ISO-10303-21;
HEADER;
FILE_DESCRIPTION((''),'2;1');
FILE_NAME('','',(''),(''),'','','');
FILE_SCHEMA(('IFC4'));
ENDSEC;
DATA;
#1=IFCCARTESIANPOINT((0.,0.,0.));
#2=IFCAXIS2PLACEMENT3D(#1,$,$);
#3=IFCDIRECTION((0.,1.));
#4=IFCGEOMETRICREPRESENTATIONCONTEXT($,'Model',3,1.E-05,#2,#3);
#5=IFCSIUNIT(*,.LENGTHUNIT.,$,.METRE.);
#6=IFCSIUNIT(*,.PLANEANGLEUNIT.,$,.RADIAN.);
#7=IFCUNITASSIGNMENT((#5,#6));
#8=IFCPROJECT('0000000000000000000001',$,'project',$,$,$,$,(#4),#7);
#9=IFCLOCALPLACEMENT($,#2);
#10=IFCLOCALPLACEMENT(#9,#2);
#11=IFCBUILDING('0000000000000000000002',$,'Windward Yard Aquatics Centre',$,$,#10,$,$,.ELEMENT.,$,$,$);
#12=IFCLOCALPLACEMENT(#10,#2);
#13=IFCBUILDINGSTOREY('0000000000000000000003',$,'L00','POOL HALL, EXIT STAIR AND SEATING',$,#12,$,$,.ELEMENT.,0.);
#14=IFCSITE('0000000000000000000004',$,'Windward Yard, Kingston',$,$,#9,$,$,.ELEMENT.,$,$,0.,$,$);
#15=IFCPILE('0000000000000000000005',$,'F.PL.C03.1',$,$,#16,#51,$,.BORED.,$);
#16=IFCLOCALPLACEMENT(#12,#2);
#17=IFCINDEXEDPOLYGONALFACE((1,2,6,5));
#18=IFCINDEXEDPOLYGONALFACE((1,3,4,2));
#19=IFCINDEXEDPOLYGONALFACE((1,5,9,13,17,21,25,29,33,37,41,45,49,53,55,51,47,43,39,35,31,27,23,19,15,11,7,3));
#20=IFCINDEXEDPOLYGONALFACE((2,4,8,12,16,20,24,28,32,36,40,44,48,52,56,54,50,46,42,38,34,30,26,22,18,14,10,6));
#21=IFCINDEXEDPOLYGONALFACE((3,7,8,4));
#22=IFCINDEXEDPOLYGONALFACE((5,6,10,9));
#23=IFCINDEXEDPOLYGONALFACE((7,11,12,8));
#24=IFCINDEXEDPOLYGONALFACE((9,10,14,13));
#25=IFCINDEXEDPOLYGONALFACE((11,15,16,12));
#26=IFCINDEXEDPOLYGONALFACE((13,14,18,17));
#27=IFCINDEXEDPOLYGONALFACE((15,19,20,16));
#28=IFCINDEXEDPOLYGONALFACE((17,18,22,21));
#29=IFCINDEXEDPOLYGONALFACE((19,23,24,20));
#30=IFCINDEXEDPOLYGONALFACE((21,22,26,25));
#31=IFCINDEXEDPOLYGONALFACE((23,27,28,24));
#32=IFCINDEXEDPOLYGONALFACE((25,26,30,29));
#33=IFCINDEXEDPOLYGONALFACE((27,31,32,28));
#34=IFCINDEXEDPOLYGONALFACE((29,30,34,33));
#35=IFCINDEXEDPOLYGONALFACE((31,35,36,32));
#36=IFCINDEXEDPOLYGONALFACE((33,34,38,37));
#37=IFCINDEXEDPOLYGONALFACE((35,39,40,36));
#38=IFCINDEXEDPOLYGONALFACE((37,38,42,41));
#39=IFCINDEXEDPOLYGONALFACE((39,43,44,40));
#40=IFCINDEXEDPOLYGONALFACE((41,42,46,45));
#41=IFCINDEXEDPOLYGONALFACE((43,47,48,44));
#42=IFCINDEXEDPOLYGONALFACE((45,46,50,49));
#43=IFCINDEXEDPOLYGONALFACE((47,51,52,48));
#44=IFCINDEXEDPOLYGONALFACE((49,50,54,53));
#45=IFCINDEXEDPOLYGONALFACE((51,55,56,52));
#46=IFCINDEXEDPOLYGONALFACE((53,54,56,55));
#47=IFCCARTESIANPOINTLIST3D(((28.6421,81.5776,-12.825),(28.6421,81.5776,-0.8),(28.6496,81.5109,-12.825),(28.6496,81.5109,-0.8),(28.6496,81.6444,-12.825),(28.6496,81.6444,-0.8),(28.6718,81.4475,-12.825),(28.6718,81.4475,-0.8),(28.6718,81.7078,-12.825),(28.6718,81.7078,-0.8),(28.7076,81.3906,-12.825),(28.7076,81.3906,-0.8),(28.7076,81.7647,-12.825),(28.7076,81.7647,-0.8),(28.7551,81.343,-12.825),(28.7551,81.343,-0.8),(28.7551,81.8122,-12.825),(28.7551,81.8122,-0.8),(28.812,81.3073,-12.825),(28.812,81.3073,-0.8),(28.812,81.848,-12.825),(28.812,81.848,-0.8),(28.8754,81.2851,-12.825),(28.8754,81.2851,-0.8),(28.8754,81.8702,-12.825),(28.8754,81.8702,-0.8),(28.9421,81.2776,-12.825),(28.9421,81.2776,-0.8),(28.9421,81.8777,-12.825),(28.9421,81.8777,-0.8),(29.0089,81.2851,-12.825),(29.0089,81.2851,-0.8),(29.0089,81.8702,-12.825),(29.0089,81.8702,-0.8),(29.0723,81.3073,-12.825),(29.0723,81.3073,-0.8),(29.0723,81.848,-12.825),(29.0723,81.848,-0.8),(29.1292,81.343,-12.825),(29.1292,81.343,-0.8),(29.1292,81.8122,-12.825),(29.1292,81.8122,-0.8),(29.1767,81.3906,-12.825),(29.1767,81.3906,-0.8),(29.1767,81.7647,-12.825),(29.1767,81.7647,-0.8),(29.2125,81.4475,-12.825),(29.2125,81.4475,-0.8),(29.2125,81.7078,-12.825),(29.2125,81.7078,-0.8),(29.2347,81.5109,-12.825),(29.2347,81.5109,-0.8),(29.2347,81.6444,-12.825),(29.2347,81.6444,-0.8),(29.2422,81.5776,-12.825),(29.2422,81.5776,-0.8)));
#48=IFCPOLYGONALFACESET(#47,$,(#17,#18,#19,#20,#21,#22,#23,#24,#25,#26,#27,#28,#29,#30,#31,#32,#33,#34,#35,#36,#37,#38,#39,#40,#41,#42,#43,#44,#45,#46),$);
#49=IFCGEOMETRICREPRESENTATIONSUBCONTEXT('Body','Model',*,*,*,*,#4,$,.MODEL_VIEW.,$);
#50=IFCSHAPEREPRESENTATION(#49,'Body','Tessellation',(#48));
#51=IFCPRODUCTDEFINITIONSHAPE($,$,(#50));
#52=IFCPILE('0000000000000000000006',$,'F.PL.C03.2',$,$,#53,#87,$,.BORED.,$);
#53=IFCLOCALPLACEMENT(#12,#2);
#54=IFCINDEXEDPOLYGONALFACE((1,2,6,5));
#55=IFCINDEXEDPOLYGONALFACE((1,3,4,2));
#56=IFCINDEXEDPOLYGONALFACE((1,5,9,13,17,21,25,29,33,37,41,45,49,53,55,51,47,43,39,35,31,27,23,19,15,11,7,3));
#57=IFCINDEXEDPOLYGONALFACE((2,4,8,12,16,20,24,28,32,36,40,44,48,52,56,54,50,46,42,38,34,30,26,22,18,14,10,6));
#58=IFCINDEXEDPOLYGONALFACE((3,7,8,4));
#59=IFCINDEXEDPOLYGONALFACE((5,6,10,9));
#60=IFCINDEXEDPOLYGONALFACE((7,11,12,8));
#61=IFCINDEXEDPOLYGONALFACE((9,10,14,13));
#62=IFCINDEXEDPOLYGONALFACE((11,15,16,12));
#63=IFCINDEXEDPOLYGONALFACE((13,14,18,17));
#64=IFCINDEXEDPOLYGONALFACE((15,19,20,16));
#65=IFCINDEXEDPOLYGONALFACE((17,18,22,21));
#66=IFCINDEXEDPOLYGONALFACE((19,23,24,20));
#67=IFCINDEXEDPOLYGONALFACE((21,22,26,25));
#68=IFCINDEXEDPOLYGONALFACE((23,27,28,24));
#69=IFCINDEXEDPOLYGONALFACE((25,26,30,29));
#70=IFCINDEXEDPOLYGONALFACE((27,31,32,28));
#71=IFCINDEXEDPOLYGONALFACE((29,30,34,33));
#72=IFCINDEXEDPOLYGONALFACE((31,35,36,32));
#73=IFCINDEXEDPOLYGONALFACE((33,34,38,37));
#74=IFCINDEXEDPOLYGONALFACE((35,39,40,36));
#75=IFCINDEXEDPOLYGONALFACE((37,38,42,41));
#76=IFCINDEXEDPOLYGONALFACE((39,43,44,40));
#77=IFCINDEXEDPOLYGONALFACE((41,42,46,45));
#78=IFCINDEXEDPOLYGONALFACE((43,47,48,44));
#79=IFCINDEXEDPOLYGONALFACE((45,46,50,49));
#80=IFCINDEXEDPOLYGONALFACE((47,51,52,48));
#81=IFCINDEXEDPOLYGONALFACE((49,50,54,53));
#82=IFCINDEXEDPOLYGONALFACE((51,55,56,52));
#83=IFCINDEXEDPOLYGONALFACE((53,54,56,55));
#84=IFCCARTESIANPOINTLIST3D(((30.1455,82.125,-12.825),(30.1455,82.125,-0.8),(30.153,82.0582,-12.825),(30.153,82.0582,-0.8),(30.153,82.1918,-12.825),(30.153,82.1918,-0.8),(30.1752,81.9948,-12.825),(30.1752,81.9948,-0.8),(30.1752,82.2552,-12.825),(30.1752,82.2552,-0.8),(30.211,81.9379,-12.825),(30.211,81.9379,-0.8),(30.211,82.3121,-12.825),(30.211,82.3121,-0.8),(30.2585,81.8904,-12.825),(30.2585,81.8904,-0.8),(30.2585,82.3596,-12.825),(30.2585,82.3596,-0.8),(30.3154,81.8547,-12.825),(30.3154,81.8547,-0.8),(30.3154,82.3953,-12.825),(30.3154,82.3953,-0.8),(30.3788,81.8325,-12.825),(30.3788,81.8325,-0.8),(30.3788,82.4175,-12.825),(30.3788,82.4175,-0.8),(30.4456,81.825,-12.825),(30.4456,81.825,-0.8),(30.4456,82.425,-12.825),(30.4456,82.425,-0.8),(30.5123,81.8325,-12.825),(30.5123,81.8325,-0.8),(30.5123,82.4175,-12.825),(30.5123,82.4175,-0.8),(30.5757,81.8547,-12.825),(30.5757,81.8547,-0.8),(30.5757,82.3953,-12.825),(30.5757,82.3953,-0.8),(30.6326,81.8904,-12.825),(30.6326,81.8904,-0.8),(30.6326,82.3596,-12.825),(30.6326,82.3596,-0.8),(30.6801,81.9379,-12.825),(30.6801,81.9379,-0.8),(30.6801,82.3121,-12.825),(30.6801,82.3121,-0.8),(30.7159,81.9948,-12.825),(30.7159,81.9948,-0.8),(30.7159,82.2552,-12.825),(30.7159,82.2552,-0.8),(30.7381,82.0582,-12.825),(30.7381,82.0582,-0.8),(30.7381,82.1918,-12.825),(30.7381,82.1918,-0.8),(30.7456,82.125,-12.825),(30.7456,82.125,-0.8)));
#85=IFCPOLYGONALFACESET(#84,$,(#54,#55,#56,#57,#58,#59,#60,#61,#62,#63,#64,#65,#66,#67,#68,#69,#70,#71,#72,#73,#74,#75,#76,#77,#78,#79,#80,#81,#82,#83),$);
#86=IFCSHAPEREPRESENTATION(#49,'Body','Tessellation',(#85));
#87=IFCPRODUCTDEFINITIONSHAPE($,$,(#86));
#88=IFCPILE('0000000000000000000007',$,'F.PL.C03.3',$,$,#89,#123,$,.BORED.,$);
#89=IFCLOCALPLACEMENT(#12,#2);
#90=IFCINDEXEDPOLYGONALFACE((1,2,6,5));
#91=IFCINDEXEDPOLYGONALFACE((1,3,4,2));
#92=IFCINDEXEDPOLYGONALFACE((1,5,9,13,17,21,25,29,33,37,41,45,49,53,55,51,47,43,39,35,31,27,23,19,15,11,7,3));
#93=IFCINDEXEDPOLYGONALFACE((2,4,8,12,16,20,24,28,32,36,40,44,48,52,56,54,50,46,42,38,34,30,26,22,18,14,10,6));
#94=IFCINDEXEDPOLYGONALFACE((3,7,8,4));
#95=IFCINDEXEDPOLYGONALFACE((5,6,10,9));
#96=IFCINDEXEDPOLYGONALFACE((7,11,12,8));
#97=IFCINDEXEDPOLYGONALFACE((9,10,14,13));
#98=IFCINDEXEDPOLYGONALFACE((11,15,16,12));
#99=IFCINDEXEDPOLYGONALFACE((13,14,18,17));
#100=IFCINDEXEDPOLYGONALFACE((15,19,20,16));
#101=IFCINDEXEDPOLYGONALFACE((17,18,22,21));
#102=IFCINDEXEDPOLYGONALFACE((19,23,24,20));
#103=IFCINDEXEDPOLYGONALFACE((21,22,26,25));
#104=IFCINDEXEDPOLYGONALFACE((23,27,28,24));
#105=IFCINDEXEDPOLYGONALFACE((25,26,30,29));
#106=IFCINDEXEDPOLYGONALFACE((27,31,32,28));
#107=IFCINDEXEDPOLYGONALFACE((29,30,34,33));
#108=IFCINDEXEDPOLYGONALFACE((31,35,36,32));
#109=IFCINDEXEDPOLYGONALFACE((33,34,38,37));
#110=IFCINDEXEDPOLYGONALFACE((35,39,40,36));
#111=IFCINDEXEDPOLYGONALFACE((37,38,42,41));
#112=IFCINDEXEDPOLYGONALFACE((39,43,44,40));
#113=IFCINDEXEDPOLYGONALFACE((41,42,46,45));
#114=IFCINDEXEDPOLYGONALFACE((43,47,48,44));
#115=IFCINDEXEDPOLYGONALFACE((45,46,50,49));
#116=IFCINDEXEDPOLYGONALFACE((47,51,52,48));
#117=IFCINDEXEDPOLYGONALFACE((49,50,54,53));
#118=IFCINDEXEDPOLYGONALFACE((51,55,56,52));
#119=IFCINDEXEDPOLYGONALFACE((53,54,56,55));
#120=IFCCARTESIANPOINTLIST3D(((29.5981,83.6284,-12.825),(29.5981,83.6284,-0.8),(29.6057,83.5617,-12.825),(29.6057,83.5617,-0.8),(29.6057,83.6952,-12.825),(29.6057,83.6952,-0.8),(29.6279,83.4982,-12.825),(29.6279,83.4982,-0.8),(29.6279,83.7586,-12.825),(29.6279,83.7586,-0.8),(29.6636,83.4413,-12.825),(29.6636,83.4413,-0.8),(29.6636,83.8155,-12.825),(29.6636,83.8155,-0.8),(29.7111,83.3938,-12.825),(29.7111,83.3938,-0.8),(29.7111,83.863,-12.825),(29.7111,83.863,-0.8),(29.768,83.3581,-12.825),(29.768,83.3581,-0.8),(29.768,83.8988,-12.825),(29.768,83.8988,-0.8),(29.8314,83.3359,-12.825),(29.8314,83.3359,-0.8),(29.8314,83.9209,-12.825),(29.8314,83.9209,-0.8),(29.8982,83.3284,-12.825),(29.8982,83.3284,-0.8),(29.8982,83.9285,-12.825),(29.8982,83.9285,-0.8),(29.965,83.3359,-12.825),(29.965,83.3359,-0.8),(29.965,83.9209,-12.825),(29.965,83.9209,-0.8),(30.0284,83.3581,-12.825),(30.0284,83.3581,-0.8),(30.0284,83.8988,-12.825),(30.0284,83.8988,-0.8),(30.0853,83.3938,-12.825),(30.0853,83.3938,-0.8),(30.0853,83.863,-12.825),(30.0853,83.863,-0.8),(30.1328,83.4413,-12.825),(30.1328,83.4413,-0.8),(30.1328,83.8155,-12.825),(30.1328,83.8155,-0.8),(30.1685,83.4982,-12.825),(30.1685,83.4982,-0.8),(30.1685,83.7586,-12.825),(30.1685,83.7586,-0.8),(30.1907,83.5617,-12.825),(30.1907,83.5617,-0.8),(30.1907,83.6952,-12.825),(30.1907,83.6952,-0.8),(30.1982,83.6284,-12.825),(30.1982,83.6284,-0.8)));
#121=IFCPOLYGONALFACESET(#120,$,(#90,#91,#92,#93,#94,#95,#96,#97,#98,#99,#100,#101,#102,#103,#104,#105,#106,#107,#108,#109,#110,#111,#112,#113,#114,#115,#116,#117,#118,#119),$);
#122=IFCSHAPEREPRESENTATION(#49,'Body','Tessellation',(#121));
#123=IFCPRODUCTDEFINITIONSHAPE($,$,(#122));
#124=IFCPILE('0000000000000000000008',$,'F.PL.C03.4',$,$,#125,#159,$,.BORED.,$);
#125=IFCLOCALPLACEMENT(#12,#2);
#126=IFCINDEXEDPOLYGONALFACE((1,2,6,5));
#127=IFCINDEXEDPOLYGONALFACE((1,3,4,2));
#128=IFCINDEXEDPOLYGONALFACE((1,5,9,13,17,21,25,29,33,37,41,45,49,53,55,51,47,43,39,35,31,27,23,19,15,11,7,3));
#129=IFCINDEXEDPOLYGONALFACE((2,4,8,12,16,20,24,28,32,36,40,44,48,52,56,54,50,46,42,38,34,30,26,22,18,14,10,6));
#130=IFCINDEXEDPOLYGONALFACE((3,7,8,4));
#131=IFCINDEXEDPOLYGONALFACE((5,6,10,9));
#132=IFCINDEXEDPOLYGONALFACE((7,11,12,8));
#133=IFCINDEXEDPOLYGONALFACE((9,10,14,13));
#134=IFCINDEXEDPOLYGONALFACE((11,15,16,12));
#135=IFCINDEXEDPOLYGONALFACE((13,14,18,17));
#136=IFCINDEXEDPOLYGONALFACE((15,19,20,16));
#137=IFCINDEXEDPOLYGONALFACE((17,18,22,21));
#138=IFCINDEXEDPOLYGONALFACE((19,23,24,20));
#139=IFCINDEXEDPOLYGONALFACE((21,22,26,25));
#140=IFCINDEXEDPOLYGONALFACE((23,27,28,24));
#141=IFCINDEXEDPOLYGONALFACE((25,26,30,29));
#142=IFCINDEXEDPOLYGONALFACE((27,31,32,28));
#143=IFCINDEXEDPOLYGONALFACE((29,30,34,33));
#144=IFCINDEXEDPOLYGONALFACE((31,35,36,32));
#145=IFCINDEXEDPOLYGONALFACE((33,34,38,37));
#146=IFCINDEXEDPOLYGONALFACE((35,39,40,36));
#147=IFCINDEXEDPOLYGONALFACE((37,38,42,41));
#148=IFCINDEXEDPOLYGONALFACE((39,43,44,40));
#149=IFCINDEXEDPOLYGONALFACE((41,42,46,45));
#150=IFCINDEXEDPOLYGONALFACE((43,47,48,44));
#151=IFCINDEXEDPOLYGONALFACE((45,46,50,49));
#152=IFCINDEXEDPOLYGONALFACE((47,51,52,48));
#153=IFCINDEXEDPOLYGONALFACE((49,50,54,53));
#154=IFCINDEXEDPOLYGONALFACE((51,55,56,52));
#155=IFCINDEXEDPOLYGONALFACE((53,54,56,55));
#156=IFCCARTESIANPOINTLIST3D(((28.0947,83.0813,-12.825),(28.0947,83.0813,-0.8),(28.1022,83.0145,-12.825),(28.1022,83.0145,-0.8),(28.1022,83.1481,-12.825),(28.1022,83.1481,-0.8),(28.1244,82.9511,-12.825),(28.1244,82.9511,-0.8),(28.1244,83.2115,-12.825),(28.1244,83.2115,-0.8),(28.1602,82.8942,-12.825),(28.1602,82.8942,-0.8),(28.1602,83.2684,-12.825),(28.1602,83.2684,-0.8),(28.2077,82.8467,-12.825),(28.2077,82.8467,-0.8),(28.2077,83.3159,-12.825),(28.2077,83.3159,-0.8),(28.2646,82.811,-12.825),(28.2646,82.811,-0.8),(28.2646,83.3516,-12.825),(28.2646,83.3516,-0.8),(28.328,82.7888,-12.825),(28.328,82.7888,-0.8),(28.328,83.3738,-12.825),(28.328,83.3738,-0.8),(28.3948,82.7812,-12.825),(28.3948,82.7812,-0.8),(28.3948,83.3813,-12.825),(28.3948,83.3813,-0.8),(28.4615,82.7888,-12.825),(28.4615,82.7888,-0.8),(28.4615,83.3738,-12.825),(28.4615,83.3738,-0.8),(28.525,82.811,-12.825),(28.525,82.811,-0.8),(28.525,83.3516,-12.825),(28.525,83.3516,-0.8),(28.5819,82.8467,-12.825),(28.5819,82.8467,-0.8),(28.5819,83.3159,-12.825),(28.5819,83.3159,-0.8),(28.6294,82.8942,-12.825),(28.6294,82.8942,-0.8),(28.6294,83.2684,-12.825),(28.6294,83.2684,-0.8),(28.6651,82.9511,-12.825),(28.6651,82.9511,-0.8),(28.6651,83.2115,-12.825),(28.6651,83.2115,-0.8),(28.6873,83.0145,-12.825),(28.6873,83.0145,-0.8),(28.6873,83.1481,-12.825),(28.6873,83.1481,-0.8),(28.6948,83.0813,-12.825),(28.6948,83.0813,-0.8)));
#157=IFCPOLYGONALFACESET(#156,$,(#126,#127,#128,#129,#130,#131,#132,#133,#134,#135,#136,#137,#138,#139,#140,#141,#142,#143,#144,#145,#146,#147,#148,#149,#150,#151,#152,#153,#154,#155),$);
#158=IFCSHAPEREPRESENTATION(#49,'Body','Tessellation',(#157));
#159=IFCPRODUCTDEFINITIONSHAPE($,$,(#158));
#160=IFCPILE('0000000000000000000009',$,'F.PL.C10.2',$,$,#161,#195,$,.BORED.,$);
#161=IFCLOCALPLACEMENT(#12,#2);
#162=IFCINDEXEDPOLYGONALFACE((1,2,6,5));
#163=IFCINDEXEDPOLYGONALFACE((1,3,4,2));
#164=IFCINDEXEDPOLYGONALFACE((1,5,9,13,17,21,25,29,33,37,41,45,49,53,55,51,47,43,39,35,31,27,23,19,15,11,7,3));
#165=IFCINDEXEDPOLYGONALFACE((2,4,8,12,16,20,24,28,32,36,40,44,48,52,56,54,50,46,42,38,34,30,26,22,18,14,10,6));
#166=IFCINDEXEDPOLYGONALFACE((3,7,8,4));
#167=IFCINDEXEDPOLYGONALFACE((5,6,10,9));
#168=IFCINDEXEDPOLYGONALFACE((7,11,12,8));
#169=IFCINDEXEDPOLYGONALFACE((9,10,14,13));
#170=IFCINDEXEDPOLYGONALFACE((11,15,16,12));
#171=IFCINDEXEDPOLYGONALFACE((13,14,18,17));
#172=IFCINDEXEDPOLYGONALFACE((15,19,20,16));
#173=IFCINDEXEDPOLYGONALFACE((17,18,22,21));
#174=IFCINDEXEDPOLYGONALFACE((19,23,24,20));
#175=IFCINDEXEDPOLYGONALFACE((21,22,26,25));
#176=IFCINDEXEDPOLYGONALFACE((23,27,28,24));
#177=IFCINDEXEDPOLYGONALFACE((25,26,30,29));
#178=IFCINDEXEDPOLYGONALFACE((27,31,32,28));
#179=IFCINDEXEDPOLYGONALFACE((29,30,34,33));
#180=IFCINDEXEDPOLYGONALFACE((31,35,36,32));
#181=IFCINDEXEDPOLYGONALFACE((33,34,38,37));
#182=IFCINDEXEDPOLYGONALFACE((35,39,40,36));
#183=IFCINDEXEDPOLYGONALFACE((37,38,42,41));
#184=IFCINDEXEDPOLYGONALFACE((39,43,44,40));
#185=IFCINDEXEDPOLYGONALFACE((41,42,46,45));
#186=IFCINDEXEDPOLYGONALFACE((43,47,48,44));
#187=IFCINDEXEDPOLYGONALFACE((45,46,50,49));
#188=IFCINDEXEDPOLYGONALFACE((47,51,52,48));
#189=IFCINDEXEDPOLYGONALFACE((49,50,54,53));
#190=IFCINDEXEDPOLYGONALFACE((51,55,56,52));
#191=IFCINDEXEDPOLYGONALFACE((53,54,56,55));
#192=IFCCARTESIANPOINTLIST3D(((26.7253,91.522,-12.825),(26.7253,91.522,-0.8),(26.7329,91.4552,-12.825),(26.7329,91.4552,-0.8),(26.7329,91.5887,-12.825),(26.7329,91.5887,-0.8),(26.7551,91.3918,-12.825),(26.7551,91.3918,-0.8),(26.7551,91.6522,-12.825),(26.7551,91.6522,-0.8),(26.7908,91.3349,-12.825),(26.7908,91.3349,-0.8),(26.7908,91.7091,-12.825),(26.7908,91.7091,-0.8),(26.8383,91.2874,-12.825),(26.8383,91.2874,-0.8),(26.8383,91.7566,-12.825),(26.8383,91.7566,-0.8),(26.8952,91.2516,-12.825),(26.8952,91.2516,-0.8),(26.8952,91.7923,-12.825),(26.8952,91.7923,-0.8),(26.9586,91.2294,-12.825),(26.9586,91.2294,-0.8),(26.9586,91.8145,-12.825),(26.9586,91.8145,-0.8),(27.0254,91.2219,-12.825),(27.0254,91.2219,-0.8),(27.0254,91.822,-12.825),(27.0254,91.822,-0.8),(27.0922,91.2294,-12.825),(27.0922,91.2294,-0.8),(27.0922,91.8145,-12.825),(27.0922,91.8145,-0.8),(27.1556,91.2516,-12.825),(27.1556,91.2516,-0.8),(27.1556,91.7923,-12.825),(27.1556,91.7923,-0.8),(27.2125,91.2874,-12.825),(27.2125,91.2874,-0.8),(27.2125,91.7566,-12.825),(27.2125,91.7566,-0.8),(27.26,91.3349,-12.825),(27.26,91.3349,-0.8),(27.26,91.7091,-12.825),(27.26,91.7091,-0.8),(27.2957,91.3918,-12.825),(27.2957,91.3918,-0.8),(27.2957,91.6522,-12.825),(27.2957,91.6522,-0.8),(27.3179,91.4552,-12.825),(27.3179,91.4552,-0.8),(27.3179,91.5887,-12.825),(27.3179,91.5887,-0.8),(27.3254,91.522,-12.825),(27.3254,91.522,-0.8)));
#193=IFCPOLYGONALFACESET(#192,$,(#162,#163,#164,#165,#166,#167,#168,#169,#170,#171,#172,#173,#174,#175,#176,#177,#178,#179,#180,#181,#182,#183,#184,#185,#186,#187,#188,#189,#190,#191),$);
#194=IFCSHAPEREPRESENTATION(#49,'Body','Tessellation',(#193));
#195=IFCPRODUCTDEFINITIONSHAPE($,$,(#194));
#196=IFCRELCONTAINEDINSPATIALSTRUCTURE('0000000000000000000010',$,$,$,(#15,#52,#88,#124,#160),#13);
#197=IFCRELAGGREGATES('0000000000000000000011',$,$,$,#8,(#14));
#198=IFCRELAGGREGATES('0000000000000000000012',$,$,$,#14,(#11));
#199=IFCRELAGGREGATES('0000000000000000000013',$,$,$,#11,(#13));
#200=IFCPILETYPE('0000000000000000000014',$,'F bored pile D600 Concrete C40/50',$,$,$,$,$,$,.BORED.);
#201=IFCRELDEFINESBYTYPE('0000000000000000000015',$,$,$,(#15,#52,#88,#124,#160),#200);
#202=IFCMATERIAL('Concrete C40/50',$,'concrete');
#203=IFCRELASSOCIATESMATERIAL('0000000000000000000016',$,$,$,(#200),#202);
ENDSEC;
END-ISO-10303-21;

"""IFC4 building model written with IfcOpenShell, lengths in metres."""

from ifc_helpers import new_model, si_unit, direction, frame, origin, origin_2d, place, context, subcontext, project, spatial, circle, extrude, material, material_profile, profile_set, type_object, element, save


model = new_model("IFC4")

# Units and contexts
model_context = context("Model", 3, precision=1e-05, world=origin(), true_north=direction((0.0, 1.0)))
body_context = subcontext(model_context, "Body", "Model", "MODEL_VIEW")
ifc_project = project(units=[si_unit("LENGTHUNIT", "METRE"), si_unit("PLANEANGLEUNIT", "RADIAN")], contexts=[model_context])

# Site, building, storey
site_placement = place(None, origin())
site = spatial("IfcSite", under=ifc_project, at=site_placement, Name="Windward Yard, Kingston", CompositionType="ELEMENT", RefElevation=0.0)
building_placement = place(site_placement, origin())
building = spatial("IfcBuilding", under=site, at=building_placement, Name="Windward Yard Aquatics Centre", CompositionType="ELEMENT")
storey_placement = place(building_placement, origin())
storey = spatial("IfcBuildingStorey", under=building, at=storey_placement, Name="L00", Description="POOL HALL, EXIT STAIR AND SEATING", CompositionType="ELEMENT", Elevation=0.0)

# Piles
ifc_material_1 = material(Name="Concrete C40/50", Category="concrete")
ifc_material_profile_1 = material_profile(ifc_material_1, circle(Radius=0.3, at=origin_2d()), Name="D600")
ifc_profile_set_1 = profile_set([ifc_material_profile_1], Name="Concrete C40/50")
pile_type = type_object("IfcPileType", Name="F bored pile D600 Concrete C40/50", PredefinedType="BORED", material=ifc_profile_set_1)
for number, where, z_axis, x_axis, name in (
    (1, (28.9421, 81.5776, -0.8), (0.0, 0.0, -1.0), (1.0, 0.0, 0.0), "F.PL.C03.1"),
    (2, (30.4456, 82.125, -0.8), (0.0, 0.0, -1.0), (1.0, 0.0, 0.0), "F.PL.C03.2"),
    (3, (29.8982, 83.6284, -0.8), (0.0, 0.0, -1.0), (1.0, 0.0, 0.0), "F.PL.C03.3"),
    (4, (28.3948, 83.0813, -0.8), (0.0, 0.0, -1.0), (1.0, 0.0, 0.0), "F.PL.C03.4"),
    (5, (27.0254, 91.522, -0.8), (0.0, 0.0, -1.0), (1.0, 0.0, 0.0), "F.PL.C10.2"),
):
    element("IfcPile", number, at=place(storey_placement, frame(where, z_axis=z_axis, x_axis=x_axis)), inside=storey, type_object=pile_type, Name=name, PredefinedType="BORED", context=body_context, shape_type="SweptSolid", body=[
        extrude(circle(Radius=0.3, at=origin_2d()), origin(), (0.0, 0.0, 1.0), 12.0249),
    ])

save(model, "model.ifc")
